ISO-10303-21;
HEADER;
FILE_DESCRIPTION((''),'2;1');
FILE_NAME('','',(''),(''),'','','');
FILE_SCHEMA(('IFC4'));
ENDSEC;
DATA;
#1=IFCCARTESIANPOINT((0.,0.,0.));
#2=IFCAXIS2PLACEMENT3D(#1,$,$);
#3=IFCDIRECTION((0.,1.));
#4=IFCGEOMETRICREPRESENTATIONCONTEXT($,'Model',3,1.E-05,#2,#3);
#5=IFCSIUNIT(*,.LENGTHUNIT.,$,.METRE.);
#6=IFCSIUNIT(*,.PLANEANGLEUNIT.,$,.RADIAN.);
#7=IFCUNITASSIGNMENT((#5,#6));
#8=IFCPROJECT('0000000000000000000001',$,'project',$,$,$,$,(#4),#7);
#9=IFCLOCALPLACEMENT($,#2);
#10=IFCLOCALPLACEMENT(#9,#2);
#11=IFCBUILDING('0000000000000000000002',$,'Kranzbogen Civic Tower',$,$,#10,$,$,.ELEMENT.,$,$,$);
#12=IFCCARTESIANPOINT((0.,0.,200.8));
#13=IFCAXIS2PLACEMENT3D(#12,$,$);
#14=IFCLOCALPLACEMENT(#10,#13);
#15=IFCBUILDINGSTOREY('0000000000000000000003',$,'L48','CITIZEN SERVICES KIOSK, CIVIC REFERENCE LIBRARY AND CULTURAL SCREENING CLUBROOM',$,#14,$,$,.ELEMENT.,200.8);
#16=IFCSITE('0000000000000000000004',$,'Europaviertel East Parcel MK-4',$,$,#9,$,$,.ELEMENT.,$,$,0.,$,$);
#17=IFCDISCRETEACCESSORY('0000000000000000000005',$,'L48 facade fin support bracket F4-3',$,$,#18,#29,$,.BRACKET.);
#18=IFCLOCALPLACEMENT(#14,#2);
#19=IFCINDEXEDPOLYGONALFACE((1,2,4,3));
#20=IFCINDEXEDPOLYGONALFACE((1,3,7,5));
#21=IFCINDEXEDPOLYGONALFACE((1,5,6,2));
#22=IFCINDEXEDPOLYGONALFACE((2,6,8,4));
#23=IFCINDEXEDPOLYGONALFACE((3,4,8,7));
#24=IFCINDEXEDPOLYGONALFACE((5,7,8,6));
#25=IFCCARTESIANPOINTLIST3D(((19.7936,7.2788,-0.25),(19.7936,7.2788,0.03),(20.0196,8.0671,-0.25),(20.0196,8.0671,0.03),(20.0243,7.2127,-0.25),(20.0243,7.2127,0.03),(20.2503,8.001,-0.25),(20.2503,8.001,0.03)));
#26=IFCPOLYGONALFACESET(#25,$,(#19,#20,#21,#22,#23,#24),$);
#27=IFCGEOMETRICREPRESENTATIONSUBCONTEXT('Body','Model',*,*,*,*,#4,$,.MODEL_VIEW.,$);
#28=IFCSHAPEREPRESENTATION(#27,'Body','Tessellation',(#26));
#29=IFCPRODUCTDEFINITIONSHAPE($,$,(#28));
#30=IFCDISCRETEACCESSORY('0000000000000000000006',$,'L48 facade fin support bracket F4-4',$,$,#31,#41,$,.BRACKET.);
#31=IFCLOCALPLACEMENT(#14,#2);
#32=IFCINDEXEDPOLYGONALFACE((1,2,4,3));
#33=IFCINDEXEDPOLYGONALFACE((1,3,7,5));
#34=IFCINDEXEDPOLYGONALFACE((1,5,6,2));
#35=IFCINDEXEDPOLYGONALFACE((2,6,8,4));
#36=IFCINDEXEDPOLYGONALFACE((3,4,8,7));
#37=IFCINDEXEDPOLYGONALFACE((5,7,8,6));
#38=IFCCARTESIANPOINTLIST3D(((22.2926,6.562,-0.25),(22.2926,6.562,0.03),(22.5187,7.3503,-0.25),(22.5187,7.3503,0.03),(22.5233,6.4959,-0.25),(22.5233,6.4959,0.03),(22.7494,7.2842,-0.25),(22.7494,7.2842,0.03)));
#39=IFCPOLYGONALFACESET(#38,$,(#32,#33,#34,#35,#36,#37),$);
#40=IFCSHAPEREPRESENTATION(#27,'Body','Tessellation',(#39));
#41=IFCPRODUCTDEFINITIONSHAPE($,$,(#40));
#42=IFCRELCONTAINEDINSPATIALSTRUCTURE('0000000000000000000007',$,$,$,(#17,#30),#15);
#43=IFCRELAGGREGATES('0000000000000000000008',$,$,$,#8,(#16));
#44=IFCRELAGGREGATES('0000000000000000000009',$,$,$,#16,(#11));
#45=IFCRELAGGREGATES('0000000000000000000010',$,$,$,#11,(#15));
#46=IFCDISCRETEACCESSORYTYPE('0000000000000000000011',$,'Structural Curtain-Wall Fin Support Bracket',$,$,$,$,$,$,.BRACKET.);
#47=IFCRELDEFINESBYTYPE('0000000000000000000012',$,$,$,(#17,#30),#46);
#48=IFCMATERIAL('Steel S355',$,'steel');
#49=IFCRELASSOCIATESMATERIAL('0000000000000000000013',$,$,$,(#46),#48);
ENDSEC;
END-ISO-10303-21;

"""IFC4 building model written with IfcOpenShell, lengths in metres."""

from ifc_helpers import new_model, si_unit, direction, frame, origin, origin_2d, place, context, subcontext, project, spatial, rectangle, extrude, material, type_object, element, save


model = new_model("IFC4")

# Units and contexts
model_context = context("Model", 3, precision=1e-05, world=origin(), true_north=direction((0.0, 1.0)))
body_context = subcontext(model_context, "Body", "Model", "MODEL_VIEW")
ifc_project = project(units=[si_unit("LENGTHUNIT", "METRE"), si_unit("PLANEANGLEUNIT", "RADIAN")], contexts=[model_context])

# Site, building, storey
site_placement = place(None, origin())
site = spatial("IfcSite", under=ifc_project, at=site_placement, Name="Europaviertel East Parcel MK-4", CompositionType="ELEMENT", RefElevation=0.0)
building_placement = place(site_placement, origin())
building = spatial("IfcBuilding", under=site, at=building_placement, Name="Kranzbogen Civic Tower", CompositionType="ELEMENT")
storey_placement = place(building_placement, frame((0.0, 0.0, 200.8)))
storey = spatial("IfcBuildingStorey", under=building, at=storey_placement, Name="L48", Description="CITIZEN SERVICES KIOSK, CIVIC REFERENCE LIBRARY AND CULTURAL SCREENING CLUBROOM", CompositionType="ELEMENT", Elevation=200.8)

# Shared definitions
ifc_material_1 = material(Name="Steel S355", Category="steel")

# Discrete accessories
discrete_accessory_type = type_object("IfcDiscreteAccessoryType", Name="Structural Curtain-Wall Fin Support Bracket", PredefinedType="BRACKET", material=ifc_material_1)
for number, where, z_axis, x_axis, name in (
    (1, (20.022, 7.6399, -0.25), (0.0, 0.0, 1.0), (-0.275637, -0.961262, 0.0), "L48 facade fin support bracket F4-3"),
    (2, (22.521, 6.9231, -0.25), (0.0, 0.0, 1.0), (-0.275637, -0.961262, 0.0), "L48 facade fin support bracket F4-4"),
):
    element("IfcDiscreteAccessory", number, at=place(storey_placement, frame(where, z_axis=z_axis, x_axis=x_axis)), inside=storey, type_object=discrete_accessory_type, Name=name, PredefinedType="BRACKET", context=body_context, shape_type="SweptSolid", body=[
        extrude(rectangle(XDim=0.8201, YDim=0.24, at=origin_2d()), origin(), (0.0, 0.0, 1.0), 0.28),
    ])

save(model, "model.ifc")
